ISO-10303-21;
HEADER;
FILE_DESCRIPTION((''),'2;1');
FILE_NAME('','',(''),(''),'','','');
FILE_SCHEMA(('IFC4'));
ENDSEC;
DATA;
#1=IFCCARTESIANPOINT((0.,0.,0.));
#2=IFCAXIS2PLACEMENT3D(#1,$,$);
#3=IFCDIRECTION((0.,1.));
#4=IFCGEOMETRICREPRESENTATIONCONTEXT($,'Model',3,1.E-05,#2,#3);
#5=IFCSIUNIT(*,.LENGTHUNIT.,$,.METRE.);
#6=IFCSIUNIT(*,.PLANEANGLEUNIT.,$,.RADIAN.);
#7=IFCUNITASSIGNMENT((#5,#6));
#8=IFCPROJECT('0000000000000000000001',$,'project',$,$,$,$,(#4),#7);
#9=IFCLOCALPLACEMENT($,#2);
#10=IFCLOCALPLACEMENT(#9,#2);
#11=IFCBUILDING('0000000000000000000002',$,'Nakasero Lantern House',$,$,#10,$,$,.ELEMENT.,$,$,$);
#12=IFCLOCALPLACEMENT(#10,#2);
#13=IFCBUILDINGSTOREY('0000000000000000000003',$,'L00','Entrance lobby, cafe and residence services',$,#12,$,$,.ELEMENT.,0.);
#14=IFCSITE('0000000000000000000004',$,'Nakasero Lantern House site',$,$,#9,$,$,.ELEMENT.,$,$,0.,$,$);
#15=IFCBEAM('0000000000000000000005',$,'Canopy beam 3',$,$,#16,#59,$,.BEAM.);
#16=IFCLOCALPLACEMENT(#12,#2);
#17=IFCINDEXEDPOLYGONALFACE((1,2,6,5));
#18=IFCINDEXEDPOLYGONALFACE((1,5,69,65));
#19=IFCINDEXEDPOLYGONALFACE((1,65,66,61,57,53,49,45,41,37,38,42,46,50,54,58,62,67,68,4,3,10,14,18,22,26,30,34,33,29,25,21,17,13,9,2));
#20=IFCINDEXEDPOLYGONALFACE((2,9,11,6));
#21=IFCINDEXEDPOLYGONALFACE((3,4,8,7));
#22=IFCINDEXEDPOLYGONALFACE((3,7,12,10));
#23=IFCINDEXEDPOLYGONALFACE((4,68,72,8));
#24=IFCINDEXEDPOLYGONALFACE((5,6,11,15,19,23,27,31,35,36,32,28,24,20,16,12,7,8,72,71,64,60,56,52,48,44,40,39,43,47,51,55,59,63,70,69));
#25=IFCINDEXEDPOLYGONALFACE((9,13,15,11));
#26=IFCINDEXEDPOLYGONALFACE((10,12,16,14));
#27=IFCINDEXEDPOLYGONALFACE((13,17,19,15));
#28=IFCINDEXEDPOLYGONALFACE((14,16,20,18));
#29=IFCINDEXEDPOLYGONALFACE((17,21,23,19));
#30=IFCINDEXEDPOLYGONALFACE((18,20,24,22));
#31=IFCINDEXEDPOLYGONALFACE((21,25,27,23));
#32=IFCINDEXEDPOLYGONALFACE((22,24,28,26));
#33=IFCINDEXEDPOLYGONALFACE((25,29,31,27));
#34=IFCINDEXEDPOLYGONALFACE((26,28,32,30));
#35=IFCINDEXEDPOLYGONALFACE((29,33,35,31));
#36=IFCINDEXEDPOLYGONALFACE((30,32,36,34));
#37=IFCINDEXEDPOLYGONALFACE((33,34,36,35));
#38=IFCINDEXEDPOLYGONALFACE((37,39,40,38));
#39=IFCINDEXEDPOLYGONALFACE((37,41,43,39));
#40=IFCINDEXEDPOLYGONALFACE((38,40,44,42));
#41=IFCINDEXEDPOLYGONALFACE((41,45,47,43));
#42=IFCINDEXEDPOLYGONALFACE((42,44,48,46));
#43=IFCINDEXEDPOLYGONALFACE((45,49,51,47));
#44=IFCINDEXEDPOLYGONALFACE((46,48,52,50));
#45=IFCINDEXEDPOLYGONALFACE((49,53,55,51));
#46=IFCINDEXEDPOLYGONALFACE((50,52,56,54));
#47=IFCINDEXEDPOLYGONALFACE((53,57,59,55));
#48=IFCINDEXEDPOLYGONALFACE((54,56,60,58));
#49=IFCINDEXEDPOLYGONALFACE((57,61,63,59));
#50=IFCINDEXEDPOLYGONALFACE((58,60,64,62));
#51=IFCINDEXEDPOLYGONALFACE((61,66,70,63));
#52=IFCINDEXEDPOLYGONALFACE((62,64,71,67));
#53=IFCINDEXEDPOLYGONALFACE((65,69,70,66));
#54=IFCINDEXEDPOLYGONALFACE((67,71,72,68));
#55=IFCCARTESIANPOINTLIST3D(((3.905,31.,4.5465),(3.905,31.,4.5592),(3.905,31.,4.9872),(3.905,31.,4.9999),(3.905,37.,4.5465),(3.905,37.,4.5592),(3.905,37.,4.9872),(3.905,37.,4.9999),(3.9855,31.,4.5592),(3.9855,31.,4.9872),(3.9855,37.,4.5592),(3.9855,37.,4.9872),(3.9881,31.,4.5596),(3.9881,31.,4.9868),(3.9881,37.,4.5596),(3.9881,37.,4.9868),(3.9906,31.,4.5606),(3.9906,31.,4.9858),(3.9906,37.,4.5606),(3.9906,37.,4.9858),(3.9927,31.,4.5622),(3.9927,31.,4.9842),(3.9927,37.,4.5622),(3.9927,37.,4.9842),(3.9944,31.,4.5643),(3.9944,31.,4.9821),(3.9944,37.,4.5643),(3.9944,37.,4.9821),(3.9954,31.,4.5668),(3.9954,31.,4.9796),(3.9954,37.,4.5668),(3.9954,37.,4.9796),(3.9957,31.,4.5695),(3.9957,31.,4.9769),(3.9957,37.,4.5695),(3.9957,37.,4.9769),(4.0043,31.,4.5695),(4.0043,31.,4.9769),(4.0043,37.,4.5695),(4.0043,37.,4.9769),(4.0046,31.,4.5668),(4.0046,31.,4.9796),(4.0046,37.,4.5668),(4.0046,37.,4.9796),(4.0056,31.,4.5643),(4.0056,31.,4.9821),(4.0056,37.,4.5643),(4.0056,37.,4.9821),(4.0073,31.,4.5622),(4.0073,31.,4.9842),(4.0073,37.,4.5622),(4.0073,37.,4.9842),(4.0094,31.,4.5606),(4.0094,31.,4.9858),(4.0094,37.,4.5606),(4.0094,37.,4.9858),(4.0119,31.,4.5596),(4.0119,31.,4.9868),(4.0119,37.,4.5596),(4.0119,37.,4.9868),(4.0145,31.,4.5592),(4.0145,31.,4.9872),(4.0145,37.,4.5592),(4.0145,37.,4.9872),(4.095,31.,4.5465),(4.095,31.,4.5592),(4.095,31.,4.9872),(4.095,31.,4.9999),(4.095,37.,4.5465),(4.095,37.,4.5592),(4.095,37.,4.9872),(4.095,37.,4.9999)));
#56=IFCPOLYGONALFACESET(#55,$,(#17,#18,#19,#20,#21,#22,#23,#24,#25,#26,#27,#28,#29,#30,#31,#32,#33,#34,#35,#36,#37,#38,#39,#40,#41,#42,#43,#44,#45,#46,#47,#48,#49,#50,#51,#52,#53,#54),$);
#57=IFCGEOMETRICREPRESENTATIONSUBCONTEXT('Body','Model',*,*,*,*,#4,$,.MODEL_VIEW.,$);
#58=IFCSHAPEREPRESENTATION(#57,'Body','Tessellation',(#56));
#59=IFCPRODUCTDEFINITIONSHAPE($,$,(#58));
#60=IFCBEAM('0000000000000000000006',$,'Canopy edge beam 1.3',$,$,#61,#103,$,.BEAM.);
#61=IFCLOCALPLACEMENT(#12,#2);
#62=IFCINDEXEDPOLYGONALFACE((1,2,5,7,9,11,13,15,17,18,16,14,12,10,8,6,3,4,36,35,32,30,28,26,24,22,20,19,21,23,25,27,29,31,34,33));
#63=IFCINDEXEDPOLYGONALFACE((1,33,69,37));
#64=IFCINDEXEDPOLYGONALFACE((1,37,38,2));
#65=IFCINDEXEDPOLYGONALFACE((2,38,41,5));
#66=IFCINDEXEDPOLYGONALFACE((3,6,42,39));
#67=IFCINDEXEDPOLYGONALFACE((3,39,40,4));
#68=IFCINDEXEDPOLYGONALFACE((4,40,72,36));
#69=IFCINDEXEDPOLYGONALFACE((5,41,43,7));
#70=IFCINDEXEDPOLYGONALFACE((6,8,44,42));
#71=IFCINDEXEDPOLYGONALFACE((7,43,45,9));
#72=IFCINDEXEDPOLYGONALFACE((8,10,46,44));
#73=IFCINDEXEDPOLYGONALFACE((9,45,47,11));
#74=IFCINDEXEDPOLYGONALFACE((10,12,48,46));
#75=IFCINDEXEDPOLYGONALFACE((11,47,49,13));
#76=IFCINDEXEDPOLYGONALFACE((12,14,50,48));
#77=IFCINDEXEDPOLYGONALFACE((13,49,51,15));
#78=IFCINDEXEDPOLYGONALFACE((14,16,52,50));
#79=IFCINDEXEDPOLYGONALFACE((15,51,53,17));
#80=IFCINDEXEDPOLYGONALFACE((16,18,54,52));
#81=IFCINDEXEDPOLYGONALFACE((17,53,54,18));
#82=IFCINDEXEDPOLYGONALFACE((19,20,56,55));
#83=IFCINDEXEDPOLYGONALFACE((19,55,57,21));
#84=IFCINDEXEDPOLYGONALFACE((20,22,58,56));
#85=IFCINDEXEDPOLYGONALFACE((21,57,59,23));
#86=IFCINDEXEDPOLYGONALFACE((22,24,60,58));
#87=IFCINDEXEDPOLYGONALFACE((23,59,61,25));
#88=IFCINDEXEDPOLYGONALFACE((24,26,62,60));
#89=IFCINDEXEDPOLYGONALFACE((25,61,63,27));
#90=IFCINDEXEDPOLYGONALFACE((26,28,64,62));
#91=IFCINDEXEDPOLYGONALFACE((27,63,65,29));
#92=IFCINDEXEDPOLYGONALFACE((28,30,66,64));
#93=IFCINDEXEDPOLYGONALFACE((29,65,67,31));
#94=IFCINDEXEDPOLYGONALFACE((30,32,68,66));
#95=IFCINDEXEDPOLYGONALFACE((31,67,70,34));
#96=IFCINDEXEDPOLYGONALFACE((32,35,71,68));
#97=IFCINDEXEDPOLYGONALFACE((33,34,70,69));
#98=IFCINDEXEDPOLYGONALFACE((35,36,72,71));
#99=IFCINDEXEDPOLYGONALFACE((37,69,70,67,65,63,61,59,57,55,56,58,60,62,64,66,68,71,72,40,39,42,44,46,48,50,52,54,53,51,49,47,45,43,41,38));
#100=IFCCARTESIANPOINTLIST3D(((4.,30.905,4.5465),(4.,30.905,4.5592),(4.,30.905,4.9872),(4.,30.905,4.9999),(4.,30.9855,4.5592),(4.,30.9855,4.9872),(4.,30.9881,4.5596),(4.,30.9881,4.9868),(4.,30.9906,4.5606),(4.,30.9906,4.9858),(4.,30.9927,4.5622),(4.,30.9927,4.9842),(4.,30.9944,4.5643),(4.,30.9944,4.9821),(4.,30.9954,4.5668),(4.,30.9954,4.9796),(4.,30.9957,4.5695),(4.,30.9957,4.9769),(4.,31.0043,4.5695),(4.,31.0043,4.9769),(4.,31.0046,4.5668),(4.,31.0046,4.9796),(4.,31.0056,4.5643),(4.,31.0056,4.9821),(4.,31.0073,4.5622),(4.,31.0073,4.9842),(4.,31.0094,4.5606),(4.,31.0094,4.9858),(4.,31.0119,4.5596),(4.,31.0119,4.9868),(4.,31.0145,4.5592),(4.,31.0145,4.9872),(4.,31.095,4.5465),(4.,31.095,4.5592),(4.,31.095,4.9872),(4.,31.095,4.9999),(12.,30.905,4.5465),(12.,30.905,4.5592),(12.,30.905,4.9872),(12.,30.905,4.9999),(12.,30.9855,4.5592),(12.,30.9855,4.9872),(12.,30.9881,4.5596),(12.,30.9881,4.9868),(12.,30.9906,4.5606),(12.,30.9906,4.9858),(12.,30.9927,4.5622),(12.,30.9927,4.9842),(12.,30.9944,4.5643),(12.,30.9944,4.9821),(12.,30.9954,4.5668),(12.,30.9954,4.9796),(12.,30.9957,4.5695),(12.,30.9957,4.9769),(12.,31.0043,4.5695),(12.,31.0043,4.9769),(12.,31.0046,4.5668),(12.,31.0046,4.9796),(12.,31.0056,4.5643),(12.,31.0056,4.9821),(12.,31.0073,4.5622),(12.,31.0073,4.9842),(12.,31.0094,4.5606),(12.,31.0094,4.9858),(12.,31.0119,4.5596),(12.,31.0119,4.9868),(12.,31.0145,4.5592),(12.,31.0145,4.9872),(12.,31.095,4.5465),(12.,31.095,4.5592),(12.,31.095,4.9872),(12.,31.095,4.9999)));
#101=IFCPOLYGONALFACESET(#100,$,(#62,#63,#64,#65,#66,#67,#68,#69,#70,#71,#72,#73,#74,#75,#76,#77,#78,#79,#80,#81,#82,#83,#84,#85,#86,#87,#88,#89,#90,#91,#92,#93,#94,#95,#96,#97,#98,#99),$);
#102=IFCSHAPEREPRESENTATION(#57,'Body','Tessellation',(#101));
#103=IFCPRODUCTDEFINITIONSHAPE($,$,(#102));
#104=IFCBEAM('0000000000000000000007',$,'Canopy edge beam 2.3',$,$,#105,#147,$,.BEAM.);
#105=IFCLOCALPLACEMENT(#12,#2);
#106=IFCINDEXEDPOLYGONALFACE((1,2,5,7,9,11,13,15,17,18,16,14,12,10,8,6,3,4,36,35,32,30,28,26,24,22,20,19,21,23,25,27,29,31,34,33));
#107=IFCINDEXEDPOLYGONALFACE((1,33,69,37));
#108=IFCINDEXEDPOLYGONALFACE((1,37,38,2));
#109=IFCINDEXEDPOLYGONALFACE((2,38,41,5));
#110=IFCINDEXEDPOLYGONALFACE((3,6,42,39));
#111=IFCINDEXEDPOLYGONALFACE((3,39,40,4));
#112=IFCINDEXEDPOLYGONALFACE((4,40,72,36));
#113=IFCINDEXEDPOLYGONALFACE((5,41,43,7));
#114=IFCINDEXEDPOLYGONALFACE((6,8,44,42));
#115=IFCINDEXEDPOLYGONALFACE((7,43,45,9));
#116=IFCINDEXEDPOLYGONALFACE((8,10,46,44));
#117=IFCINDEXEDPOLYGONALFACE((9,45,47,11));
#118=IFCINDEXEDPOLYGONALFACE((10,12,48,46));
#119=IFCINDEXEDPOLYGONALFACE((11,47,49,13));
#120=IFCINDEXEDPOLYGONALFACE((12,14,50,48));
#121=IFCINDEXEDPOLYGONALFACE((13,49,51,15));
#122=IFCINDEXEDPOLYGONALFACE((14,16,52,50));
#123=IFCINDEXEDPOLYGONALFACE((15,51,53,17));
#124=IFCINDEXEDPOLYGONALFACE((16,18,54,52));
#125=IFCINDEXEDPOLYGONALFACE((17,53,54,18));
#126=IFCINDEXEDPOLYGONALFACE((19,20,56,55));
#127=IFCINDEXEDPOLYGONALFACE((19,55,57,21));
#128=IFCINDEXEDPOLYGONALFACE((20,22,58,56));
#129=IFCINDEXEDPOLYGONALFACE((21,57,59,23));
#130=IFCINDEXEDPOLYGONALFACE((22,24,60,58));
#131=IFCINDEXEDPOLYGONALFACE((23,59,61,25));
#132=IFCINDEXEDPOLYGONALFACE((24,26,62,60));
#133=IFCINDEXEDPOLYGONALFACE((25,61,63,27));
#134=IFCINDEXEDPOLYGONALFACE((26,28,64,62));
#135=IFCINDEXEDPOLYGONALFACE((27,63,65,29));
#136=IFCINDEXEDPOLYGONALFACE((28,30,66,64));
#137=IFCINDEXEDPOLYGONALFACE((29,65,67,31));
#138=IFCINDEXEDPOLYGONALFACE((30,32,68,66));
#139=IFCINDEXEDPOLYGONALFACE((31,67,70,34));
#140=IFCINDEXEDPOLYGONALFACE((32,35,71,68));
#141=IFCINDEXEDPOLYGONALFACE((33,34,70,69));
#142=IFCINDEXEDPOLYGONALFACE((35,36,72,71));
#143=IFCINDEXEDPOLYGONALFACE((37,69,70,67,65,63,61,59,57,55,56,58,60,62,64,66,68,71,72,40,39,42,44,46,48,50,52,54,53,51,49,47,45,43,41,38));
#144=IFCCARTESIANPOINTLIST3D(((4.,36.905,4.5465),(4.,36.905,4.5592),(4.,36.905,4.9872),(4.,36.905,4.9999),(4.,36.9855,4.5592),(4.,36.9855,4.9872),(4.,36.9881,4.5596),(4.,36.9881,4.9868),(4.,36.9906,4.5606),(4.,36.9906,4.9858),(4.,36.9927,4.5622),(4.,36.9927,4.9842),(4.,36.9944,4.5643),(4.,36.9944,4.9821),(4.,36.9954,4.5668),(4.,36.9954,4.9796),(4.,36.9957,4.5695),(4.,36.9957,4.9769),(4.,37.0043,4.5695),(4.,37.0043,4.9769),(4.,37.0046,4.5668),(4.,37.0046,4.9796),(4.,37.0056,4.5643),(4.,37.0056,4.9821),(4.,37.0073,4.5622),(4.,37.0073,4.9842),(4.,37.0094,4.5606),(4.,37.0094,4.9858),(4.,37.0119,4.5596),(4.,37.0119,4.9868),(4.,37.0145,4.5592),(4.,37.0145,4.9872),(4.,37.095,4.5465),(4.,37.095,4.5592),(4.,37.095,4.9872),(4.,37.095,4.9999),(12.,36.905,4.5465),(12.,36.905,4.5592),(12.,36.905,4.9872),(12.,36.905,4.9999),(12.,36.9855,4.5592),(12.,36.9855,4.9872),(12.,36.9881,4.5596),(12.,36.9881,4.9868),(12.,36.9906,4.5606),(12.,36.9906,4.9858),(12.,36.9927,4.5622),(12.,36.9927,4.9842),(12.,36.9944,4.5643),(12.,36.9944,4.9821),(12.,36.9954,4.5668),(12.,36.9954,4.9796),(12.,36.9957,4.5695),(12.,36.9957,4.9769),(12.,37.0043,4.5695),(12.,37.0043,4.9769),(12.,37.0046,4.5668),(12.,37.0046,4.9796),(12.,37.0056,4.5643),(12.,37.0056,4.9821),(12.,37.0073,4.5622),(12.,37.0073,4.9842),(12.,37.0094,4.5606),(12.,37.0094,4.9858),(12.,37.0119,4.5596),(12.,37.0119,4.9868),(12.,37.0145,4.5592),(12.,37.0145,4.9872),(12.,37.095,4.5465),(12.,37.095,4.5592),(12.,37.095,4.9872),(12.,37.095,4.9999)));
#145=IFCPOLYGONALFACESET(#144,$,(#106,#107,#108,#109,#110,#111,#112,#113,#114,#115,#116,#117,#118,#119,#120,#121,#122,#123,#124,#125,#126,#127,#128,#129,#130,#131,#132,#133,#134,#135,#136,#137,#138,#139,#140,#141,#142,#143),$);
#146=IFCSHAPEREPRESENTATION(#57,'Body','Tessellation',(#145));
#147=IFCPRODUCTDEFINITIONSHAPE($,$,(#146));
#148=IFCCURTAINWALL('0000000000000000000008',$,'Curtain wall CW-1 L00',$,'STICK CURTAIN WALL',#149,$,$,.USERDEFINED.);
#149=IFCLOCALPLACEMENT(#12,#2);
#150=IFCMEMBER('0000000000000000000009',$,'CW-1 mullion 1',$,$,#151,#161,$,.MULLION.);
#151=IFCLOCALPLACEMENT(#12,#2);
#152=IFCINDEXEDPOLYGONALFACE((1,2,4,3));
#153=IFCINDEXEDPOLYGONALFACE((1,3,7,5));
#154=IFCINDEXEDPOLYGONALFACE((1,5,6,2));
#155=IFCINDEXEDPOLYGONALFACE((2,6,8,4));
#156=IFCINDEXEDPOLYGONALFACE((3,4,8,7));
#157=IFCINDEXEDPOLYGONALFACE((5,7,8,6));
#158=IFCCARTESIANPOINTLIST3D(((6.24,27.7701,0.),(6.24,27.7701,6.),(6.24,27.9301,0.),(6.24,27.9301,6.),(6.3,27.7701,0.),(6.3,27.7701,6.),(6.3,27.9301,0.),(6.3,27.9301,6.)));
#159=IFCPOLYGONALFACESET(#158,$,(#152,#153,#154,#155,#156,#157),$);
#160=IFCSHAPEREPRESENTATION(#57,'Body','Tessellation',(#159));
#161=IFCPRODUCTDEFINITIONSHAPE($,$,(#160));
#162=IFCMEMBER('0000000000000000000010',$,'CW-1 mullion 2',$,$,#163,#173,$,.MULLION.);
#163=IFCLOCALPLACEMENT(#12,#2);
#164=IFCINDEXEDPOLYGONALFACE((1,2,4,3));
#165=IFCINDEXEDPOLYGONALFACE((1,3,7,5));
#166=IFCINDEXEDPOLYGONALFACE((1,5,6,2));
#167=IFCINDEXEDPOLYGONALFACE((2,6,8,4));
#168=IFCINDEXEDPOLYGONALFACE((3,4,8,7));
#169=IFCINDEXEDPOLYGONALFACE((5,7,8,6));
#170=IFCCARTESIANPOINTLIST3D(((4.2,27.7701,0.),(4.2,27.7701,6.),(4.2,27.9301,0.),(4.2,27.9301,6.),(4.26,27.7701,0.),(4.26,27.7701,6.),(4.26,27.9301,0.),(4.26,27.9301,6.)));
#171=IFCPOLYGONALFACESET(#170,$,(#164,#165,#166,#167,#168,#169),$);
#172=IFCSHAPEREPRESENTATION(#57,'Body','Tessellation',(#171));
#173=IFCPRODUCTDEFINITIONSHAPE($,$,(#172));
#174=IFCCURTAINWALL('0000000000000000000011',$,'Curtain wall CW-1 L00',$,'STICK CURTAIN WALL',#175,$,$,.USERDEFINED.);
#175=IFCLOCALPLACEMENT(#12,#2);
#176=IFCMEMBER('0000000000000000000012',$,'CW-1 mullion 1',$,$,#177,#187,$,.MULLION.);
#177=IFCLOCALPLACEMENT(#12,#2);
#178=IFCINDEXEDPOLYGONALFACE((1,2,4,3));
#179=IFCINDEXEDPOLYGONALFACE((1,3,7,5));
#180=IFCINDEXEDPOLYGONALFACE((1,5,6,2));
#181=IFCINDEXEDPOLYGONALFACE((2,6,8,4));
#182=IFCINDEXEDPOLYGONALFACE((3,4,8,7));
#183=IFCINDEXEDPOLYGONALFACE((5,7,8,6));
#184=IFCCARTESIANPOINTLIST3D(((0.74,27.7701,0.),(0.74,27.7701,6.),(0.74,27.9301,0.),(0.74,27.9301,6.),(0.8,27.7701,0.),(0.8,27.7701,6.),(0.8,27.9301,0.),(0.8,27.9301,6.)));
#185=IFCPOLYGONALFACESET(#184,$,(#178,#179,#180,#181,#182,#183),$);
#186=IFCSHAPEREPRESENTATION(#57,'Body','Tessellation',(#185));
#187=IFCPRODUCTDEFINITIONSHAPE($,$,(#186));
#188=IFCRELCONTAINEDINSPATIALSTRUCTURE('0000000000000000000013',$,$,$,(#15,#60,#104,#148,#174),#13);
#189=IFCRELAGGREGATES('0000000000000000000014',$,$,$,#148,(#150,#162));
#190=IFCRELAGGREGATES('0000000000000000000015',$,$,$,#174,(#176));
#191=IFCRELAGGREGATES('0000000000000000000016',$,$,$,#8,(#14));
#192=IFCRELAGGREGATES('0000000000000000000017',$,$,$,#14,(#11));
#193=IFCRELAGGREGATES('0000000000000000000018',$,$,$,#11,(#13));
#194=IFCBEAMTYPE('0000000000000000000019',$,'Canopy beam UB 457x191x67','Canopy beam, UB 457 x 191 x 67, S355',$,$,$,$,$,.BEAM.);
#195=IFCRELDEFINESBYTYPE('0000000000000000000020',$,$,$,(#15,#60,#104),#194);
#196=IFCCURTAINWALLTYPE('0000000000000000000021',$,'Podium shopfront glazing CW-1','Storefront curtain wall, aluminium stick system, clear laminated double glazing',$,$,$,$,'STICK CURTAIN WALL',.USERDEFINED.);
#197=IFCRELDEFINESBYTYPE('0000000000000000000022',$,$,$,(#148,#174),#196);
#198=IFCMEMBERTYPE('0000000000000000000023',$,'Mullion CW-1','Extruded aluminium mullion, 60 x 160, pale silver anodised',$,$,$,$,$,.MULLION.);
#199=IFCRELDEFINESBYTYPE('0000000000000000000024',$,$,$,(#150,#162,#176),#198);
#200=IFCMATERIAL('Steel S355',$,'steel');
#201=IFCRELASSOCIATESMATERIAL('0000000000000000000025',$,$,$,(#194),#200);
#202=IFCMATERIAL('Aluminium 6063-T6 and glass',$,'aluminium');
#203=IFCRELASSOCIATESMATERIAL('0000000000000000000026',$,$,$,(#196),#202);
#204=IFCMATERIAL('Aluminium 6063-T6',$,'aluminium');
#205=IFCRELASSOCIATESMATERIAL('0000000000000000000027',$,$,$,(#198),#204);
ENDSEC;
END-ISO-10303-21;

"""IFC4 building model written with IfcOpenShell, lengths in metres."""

from ifc_helpers import new_model, si_unit, direction, frame, origin, origin_2d, place, context, subcontext, project, spatial, rectangle, i_section, extrude, material, material_profile, profile_set, type_object, element, aggregate, save


model = new_model("IFC4")

# Units and contexts
model_context = context("Model", 3, precision=1e-05, world=origin(), true_north=direction((0.0, 1.0)))
body_context = subcontext(model_context, "Body", "Model", "MODEL_VIEW")
ifc_project = project(units=[si_unit("LENGTHUNIT", "METRE"), si_unit("PLANEANGLEUNIT", "RADIAN")], contexts=[model_context])

# Site, building, storey
site_placement = place(None, origin())
site = spatial("IfcSite", under=ifc_project, at=site_placement, Name="Nakasero Lantern House site", CompositionType="ELEMENT", RefElevation=0.0)
building_placement = place(site_placement, origin())
building = spatial("IfcBuilding", under=site, at=building_placement, Name="Nakasero Lantern House", CompositionType="ELEMENT")
storey_placement = place(building_placement, origin())
storey = spatial("IfcBuildingStorey", under=building, at=storey_placement, Name="L00", Description="Entrance lobby, cafe and residence services", CompositionType="ELEMENT", Elevation=0.0)

# Beams
ifc_material_1 = material(Name="Steel S355", Category="steel")
ifc_material_profile_1 = material_profile(ifc_material_1, i_section(OverallWidth=0.1899, OverallDepth=0.4534, WebThickness=0.0085, FlangeThickness=0.0127, FilletRadius=0.0103, at=origin_2d()), Name="UB 457x191x67")
ifc_profile_set_1 = profile_set([ifc_material_profile_1], Name="Steel S355")
beam_type_1 = type_object("IfcBeamType", Name="Canopy beam UB 457x191x67", Description="Canopy beam, UB 457 x 191 x 67, S355", PredefinedType="BEAM", material=ifc_profile_set_1)
beam_1_placement = place(storey_placement, frame((4.0, 31.0, 4.7732), z_axis=(0.0, 1.0, 0.0), x_axis=(-1.0, 0.0, 0.0)))
element("IfcBeam", 1, at=beam_1_placement, inside=storey, type_object=beam_type_1, Name="Canopy beam 3", PredefinedType="BEAM", context=body_context, shape_type="SweptSolid", body=[
    extrude(i_section(OverallWidth=0.1899, OverallDepth=0.4534, WebThickness=0.0085, FlangeThickness=0.0127, FilletRadius=0.0103, at=origin_2d()), origin(), (0.0, 0.0, 1.0), 6.0),
])
for number, where, z_axis, x_axis, name in (
    (2, (4.0, 31.0, 4.7732), (1.0, 0.0, 0.0), (0.0, 1.0, 0.0), "Canopy edge beam 1.3"),
    (3, (4.0, 37.0, 4.7732), (1.0, 0.0, 0.0), (0.0, 1.0, 0.0), "Canopy edge beam 2.3"),
):
    element("IfcBeam", number, at=place(storey_placement, frame(where, z_axis=z_axis, x_axis=x_axis)), inside=storey, type_object=beam_type_1, Name=name, PredefinedType="BEAM", context=body_context, shape_type="SweptSolid", body=[
        extrude(i_section(OverallWidth=0.1899, OverallDepth=0.4534, WebThickness=0.0085, FlangeThickness=0.0127, FilletRadius=0.0103, at=origin_2d()), origin(), (0.0, 0.0, 1.0), 8.0),
    ])

# Curtain wall, members
ifc_material_2 = material(Name="Aluminium 6063-T6 and glass", Category="aluminium")
curtain_wall_type = type_object("IfcCurtainWallType", Name="Podium shopfront glazing CW-1", Description="Storefront curtain wall, aluminium stick system, clear laminated double glazing", ElementType="STICK CURTAIN WALL", PredefinedType="USERDEFINED", material=ifc_material_2)
curtain_wall_1_placement = place(storey_placement, origin())
curtain_wall_1 = element("IfcCurtainWall", 4, at=curtain_wall_1_placement, inside=storey, type_object=curtain_wall_type, Name="Curtain wall CW-1 L00", ObjectType="STICK CURTAIN WALL", PredefinedType="USERDEFINED")
ifc_material_3 = material(Name="Aluminium 6063-T6", Category="aluminium")
ifc_material_profile_2 = material_profile(ifc_material_3, rectangle(XDim=0.0601, YDim=0.1599, at=origin_2d()), Name="CW-1 mullion 60x160")
ifc_profile_set_2 = profile_set([ifc_material_profile_2], Name="Aluminium 6063-T6")
member_type_1 = type_object("IfcMemberType", Name="Mullion CW-1", Description="Extruded aluminium mullion, 60 x 160, pale silver anodised", PredefinedType="MULLION", material=ifc_profile_set_2)
member_1_placement = place(storey_placement, frame((6.27, 27.8501, 0.0), z_axis=(0.0, 0.0, 1.0), x_axis=(-1.0, 0.0, 0.0)))
member_1 = element("IfcMember", 5, at=member_1_placement, type_object=member_type_1, Name="CW-1 mullion 1", PredefinedType="MULLION", context=body_context, shape_type="SweptSolid", body=[
    extrude(rectangle(XDim=0.0601, YDim=0.1599, at=origin_2d()), origin(), (0.0, 0.0, 1.0), 6.0),
])
member_2_placement = place(storey_placement, frame((4.23, 27.8501, 0.0), z_axis=(0.0, 0.0, 1.0), x_axis=(-1.0, 0.0, 0.0)))
member_2 = element("IfcMember", 6, at=member_2_placement, type_object=member_type_1, Name="CW-1 mullion 2", PredefinedType="MULLION", context=body_context, shape_type="SweptSolid", body=[
    extrude(rectangle(XDim=0.0601, YDim=0.1599, at=origin_2d()), origin(), (0.0, 0.0, 1.0), 6.0),
])

# Curtain wall, member
curtain_wall_2_placement = place(storey_placement, origin())
curtain_wall_2 = element("IfcCurtainWall", 7, at=curtain_wall_2_placement, inside=storey, type_object=curtain_wall_type, Name="Curtain wall CW-1 L00", ObjectType="STICK CURTAIN WALL", PredefinedType="USERDEFINED")
member_3_placement = place(storey_placement, frame((0.77, 27.8501, 0.0), z_axis=(0.0, 0.0, 1.0), x_axis=(-1.0, 0.0, 0.0)))
member_3 = element("IfcMember", 8, at=member_3_placement, type_object=member_type_1, Name="CW-1 mullion 1", PredefinedType="MULLION", context=body_context, shape_type="SweptSolid", body=[
    extrude(rectangle(XDim=0.0601, YDim=0.1599, at=origin_2d()), origin(), (0.0, 0.0, 1.0), 6.0),
])

aggregate(curtain_wall_1, [member_1, member_2])
aggregate(curtain_wall_2, [member_3])

save(model, "model.ifc")
